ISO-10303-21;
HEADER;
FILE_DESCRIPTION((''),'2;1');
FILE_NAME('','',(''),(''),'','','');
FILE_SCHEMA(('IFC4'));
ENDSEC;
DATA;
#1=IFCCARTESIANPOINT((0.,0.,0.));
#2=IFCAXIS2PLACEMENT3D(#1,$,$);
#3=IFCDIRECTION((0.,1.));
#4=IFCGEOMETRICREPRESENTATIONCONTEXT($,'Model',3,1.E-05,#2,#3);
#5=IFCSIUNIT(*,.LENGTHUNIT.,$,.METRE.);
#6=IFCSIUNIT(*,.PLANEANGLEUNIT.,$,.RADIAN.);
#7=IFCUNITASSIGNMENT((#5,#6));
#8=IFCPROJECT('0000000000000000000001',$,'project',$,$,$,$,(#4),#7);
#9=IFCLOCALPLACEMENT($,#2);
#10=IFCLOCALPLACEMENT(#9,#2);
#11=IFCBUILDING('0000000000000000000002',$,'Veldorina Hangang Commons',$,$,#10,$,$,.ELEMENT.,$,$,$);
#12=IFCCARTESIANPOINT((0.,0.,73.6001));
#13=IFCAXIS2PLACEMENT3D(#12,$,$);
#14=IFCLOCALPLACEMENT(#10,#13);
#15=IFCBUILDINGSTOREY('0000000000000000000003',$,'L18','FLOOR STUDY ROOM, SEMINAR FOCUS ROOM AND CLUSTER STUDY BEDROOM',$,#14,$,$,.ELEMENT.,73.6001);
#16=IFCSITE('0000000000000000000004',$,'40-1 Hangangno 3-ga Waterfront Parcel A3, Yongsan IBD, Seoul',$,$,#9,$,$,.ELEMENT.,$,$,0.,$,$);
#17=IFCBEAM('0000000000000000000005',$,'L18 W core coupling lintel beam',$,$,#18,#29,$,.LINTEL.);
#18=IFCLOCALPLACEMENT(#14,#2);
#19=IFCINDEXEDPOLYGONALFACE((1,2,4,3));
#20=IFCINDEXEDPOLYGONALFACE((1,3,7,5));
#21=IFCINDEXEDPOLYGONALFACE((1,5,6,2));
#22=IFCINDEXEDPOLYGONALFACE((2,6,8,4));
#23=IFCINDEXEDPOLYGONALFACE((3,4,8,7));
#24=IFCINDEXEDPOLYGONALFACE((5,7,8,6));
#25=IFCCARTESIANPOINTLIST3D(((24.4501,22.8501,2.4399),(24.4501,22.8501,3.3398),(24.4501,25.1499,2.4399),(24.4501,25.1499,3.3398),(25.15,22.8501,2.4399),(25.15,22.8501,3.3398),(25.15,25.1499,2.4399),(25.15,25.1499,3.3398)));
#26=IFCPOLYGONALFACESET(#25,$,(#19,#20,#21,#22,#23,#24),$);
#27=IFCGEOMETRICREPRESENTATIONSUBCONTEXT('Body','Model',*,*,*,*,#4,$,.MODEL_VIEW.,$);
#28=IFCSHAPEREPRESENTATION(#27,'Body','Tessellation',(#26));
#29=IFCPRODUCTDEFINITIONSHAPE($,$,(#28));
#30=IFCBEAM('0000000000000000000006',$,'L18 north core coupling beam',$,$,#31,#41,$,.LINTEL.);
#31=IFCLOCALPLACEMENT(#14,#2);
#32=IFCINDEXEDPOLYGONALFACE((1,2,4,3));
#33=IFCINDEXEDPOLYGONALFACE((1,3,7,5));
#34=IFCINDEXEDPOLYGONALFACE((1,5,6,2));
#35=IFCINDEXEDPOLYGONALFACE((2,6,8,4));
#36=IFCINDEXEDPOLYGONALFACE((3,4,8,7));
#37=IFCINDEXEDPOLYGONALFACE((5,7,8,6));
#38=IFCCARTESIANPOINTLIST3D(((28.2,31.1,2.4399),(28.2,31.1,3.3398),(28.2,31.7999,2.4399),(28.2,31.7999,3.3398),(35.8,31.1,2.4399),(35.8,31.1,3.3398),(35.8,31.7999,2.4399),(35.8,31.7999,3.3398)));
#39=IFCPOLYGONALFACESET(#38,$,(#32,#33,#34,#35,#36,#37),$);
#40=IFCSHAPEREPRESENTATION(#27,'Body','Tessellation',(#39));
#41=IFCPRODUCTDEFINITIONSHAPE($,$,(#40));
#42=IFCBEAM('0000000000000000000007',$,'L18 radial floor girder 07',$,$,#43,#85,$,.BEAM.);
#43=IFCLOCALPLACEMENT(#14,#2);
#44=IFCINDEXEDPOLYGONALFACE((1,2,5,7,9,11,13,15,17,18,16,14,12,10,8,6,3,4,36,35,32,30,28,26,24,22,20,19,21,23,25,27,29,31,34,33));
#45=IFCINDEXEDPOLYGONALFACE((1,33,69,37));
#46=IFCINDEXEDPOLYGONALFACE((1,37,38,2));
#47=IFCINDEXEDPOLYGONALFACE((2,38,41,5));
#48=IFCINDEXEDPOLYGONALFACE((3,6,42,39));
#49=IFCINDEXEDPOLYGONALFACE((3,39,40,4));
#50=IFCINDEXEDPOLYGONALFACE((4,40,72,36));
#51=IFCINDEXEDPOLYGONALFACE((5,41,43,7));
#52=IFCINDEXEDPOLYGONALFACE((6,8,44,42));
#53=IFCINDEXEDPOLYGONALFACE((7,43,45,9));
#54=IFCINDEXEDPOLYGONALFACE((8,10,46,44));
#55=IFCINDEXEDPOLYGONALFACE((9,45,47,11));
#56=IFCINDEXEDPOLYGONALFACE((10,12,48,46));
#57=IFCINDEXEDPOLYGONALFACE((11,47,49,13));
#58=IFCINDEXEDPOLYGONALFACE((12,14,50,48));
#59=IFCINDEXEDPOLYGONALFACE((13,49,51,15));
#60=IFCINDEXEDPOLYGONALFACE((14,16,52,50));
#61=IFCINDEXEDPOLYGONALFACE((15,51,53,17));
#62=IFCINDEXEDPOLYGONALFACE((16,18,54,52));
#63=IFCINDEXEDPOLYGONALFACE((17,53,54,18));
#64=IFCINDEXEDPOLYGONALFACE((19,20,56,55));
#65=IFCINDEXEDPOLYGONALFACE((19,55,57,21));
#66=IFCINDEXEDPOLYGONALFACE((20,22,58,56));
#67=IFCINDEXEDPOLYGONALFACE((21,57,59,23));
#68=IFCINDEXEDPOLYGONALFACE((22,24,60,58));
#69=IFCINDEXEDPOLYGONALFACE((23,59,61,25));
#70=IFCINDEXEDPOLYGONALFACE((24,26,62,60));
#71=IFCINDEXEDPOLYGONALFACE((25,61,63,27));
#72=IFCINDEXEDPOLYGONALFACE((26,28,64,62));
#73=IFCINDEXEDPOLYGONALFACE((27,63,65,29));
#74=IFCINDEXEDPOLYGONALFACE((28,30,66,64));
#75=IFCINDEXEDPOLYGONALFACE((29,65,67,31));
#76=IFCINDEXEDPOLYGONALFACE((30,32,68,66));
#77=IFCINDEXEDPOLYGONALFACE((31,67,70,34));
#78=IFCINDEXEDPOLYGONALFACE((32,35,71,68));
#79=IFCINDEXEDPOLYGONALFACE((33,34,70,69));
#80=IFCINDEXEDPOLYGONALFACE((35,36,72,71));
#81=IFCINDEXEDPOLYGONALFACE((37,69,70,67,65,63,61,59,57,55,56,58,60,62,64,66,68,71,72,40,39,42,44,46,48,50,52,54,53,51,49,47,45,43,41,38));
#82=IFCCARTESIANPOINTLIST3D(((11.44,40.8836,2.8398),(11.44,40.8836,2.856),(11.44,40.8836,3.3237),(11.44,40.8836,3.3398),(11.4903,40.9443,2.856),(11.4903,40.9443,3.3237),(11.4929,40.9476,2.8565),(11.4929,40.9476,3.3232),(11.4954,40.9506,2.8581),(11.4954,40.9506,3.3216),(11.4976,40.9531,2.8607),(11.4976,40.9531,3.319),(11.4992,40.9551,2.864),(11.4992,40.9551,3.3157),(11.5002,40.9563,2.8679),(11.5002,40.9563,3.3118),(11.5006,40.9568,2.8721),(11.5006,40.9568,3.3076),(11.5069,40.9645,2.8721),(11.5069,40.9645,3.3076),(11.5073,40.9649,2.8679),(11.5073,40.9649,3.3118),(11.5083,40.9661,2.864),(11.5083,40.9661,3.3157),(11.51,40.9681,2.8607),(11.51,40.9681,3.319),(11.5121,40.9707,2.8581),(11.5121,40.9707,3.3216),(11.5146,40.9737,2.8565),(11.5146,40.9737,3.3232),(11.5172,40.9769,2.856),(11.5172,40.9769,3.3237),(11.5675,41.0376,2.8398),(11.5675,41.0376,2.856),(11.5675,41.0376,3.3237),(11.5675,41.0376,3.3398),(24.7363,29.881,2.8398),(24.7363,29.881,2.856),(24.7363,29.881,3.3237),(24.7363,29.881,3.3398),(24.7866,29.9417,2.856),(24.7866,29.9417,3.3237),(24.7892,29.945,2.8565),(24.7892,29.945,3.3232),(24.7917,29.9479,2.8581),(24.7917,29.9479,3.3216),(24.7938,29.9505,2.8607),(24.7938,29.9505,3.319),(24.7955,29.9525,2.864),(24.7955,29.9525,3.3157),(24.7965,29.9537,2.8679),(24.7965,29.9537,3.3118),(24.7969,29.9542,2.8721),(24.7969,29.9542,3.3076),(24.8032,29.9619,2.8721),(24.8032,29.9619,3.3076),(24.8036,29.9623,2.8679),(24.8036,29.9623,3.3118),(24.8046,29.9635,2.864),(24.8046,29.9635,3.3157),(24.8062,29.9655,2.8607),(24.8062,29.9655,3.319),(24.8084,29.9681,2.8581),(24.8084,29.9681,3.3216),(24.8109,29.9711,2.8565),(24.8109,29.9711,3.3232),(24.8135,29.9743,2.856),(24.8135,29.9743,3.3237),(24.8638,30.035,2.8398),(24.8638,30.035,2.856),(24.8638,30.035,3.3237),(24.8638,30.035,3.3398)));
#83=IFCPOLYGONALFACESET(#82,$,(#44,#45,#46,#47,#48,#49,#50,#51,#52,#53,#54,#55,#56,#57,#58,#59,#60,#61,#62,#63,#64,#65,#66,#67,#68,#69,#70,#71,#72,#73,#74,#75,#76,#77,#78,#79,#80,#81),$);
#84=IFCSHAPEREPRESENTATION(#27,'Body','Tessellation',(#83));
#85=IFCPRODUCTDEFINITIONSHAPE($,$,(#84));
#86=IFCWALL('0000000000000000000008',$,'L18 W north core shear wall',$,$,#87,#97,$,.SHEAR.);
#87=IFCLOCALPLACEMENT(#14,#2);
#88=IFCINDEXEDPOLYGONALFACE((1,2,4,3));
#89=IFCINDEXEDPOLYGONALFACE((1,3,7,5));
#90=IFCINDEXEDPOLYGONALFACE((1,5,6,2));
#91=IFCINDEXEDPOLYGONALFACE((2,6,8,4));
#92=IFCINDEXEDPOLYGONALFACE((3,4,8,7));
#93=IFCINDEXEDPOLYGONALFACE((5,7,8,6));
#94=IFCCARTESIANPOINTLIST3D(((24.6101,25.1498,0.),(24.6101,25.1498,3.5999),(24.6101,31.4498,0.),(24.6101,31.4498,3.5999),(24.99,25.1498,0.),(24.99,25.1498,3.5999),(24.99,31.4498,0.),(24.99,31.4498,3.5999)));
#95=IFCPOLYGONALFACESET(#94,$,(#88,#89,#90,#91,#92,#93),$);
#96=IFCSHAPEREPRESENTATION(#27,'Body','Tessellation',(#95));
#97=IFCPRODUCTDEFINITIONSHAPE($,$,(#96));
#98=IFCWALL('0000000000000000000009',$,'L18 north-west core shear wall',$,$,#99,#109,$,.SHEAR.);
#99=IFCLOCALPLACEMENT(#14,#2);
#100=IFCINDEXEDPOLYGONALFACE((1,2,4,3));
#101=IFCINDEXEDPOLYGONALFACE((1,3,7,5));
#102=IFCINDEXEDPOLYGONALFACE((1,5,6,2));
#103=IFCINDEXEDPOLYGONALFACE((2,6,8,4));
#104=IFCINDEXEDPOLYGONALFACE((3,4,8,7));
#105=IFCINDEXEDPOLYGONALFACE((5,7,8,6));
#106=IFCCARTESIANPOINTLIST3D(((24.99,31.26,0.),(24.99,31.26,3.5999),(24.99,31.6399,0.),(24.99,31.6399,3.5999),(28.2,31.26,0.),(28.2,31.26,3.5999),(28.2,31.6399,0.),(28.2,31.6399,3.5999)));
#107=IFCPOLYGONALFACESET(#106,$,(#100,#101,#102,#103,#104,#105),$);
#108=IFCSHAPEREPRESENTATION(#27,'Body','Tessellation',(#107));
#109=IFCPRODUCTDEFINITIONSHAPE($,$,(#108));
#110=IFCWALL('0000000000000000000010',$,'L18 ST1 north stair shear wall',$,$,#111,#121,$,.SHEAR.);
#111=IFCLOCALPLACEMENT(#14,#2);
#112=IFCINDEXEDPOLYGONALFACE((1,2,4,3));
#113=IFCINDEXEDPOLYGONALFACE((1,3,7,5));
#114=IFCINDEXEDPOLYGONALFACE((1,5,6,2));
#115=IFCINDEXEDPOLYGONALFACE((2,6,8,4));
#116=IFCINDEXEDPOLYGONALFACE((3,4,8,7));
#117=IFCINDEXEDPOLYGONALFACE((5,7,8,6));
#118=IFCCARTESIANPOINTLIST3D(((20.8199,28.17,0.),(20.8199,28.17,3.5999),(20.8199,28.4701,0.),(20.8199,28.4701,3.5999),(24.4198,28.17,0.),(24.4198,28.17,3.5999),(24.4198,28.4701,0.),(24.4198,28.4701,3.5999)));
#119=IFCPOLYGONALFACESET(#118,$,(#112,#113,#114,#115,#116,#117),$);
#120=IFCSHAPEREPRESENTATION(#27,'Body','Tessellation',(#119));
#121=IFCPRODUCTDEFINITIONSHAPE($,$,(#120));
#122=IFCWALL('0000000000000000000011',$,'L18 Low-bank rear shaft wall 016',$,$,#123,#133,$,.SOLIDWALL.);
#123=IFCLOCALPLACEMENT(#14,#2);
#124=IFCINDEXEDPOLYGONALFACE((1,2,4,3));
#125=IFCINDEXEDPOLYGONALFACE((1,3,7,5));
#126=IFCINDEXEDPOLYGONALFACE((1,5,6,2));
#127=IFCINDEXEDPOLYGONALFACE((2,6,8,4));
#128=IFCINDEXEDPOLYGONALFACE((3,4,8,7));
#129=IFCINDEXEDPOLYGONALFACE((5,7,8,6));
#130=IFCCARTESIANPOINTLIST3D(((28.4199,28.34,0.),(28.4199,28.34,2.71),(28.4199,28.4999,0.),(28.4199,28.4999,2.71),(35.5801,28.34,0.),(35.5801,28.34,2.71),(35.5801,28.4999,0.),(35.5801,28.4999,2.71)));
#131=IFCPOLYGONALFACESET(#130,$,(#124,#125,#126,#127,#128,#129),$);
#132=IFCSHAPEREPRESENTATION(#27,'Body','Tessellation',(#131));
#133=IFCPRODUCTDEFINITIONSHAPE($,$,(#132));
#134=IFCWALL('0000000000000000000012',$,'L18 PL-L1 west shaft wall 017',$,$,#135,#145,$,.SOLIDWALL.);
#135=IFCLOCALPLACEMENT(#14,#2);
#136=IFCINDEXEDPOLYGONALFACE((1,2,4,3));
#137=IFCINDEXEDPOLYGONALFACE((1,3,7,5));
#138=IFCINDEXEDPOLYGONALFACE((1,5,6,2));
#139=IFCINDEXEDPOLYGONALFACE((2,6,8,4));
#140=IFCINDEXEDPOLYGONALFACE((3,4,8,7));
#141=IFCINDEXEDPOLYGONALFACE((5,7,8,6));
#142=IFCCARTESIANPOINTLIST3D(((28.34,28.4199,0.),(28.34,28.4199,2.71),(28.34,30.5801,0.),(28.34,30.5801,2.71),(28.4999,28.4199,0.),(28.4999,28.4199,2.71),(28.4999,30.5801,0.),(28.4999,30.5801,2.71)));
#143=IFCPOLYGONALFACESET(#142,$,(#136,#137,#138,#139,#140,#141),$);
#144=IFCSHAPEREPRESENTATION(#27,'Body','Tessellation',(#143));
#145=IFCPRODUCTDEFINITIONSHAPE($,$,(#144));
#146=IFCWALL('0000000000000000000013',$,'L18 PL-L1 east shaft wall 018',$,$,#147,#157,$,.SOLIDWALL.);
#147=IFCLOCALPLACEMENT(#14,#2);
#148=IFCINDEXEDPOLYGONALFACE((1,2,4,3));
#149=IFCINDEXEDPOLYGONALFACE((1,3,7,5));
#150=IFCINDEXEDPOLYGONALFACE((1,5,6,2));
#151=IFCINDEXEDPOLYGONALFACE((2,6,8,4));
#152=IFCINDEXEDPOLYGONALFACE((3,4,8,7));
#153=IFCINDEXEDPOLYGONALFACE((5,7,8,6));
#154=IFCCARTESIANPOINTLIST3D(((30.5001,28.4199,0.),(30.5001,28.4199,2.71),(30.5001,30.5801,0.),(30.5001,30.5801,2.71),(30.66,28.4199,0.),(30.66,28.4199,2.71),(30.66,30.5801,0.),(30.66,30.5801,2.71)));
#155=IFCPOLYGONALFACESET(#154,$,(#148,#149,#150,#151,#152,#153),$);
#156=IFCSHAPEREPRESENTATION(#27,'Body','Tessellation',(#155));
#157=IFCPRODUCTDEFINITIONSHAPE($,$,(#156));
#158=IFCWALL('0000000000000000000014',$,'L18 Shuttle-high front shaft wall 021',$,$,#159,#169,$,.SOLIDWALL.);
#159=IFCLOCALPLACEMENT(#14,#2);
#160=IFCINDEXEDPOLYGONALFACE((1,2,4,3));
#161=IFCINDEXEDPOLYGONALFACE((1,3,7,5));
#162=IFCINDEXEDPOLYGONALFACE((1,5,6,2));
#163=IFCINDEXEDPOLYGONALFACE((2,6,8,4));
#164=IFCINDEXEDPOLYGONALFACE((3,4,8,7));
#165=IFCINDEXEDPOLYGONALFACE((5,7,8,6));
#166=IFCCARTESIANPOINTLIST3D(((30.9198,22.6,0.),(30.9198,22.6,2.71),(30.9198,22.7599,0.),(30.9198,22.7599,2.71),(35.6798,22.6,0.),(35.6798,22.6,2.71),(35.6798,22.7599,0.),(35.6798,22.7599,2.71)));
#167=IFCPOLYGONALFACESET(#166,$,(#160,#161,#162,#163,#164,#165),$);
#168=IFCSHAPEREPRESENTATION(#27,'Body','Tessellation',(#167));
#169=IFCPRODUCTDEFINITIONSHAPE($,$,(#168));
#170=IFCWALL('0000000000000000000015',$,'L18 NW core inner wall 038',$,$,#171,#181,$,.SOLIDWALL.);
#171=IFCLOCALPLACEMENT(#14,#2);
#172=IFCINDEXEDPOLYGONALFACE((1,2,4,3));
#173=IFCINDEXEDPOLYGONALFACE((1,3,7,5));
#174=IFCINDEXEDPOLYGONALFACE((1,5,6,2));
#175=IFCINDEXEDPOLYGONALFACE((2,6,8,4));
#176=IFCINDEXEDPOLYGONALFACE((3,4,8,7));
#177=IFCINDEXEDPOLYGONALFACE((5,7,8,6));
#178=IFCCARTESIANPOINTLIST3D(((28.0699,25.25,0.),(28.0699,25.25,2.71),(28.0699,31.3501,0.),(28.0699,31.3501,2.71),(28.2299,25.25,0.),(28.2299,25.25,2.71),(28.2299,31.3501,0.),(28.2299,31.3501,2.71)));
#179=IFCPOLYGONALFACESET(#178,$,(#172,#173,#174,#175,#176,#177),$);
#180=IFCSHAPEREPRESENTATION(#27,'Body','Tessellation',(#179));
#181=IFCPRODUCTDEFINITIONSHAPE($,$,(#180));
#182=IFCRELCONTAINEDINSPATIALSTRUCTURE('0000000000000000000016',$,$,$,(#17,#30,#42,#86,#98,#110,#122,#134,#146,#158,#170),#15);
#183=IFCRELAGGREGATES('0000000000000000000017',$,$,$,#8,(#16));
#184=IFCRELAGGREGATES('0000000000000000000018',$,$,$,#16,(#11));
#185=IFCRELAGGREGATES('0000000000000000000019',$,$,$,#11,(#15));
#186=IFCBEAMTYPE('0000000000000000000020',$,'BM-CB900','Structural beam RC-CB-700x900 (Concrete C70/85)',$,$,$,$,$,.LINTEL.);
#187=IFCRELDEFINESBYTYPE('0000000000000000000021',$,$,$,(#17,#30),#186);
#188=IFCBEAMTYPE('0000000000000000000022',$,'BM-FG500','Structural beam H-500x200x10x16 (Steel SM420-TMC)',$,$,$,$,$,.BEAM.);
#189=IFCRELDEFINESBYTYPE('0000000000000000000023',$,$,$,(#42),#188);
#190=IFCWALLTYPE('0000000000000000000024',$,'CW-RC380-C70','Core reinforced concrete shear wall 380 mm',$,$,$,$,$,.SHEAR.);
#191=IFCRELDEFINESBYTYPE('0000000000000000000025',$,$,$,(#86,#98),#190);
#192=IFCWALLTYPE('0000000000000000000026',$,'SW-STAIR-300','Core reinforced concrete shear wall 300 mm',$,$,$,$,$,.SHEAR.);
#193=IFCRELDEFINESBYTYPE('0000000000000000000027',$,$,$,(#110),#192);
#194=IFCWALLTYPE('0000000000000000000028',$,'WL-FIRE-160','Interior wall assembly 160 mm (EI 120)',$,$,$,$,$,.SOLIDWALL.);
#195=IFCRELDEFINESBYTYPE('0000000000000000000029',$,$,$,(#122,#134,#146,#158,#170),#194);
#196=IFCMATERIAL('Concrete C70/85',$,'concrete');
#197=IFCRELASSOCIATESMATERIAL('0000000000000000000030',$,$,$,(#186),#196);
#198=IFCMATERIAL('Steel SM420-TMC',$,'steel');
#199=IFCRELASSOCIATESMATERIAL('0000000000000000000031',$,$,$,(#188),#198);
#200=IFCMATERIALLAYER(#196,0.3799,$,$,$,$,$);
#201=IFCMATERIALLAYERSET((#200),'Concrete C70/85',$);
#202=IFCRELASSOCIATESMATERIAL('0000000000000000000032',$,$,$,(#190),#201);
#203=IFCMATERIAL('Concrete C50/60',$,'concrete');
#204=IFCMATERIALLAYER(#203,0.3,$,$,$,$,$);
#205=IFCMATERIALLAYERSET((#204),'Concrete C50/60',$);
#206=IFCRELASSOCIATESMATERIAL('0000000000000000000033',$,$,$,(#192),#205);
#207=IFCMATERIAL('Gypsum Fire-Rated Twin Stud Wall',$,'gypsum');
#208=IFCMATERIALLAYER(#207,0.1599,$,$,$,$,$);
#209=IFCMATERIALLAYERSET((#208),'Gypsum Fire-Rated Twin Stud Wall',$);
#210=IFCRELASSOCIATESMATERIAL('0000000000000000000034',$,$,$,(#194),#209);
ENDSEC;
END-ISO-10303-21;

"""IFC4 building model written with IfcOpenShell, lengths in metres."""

from ifc_helpers import new_model, si_unit, direction, frame, frame_2d, origin, origin_2d, place, context, subcontext, project, spatial, rectangle, i_section, extrude, material, layer, layer_set, material_profile, profile_set, type_object, element, save


model = new_model("IFC4")

# Units and contexts
model_context = context("Model", 3, precision=1e-05, world=origin(), true_north=direction((0.0, 1.0)))
body_context = subcontext(model_context, "Body", "Model", "MODEL_VIEW")
ifc_project = project(units=[si_unit("LENGTHUNIT", "METRE"), si_unit("PLANEANGLEUNIT", "RADIAN")], contexts=[model_context])

# Site, building, storey
site_placement = place(None, origin())
site = spatial("IfcSite", under=ifc_project, at=site_placement, Name="40-1 Hangangno 3-ga Waterfront Parcel A3, Yongsan IBD, Seoul", CompositionType="ELEMENT", RefElevation=0.0)
building_placement = place(site_placement, origin())
building = spatial("IfcBuilding", under=site, at=building_placement, Name="Veldorina Hangang Commons", CompositionType="ELEMENT")
storey_placement = place(building_placement, frame((0.0, 0.0, 73.6001)))
storey = spatial("IfcBuildingStorey", under=building, at=storey_placement, Name="L18", Description="FLOOR STUDY ROOM, SEMINAR FOCUS ROOM AND CLUSTER STUDY BEDROOM", CompositionType="ELEMENT", Elevation=73.6001)

# Beams
ifc_material_1 = material(Name="Concrete C70/85", Category="concrete")
ifc_material_profile_1 = material_profile(ifc_material_1, rectangle(XDim=0.7, YDim=0.8999, at=origin_2d()), Name="RC-CB-700x900")
ifc_profile_set_1 = profile_set([ifc_material_profile_1], Name="Concrete C70/85")
beam_type_1 = type_object("IfcBeamType", Name="BM-CB900", Description="Structural beam RC-CB-700x900 (Concrete C70/85)", PredefinedType="LINTEL", material=ifc_profile_set_1)
beam_1_placement = place(storey_placement, frame((24.8, 22.8501, 2.8899), z_axis=(0.0, 1.0, 0.0), x_axis=(-1.0, 0.0, 0.0)))
element("IfcBeam", 1, at=beam_1_placement, inside=storey, type_object=beam_type_1, Name="L18 W core coupling lintel beam", PredefinedType="LINTEL", context=body_context, shape_type="SweptSolid", body=[
    extrude(rectangle(XDim=0.7, YDim=0.8999, at=origin_2d()), origin(), (0.0, 0.0, 1.0), 2.2998),
])
beam_2_placement = place(storey_placement, frame((28.2, 31.45, 2.8899), z_axis=(1.0, 0.0, 0.0), x_axis=(0.0, 1.0, 0.0)))
element("IfcBeam", 2, at=beam_2_placement, inside=storey, type_object=beam_type_1, Name="L18 north core coupling beam", PredefinedType="LINTEL", context=body_context, shape_type="SweptSolid", body=[
    extrude(rectangle(XDim=0.7, YDim=0.8999, at=origin_2d()), origin(), (0.0, 0.0, 1.0), 7.6001),
])
ifc_material_2 = material(Name="Steel SM420-TMC", Category="steel")
ifc_material_profile_2 = material_profile(ifc_material_2, i_section(OverallWidth=0.2, OverallDepth=0.5, WebThickness=0.01, FlangeThickness=0.0161, FilletRadius=0.0161, at=origin_2d()), Name="H-500x200x10x16")
ifc_profile_set_2 = profile_set([ifc_material_profile_2], Name="Steel SM420-TMC")
beam_type_2 = type_object("IfcBeamType", Name="BM-FG500", Description="Structural beam H-500x200x10x16 (Steel SM420-TMC)", PredefinedType="BEAM", material=ifc_profile_set_2)
beam_3_placement = place(storey_placement, frame((24.8, 29.958, 3.0898), z_axis=(-0.770429, 0.637526, 0.0), x_axis=(-0.637526, -0.770429, 0.0)))
element("IfcBeam", 3, at=beam_3_placement, inside=storey, type_object=beam_type_2, Name="L18 radial floor girder 07", PredefinedType="BEAM", context=body_context, shape_type="SweptSolid", body=[
    extrude(i_section(OverallWidth=0.2, OverallDepth=0.5, WebThickness=0.01, FlangeThickness=0.0161, FilletRadius=0.0161, at=origin_2d()), origin(), (0.0, 0.0, 1.0), 17.2583),
])

# Walls
ifc_layer_1 = layer(ifc_material_1, 0.3799)
ifc_layer_set_1 = layer_set([ifc_layer_1], Name="Concrete C70/85")
wall_type_1 = type_object("IfcWallType", Name="CW-RC380-C70", Description="Core reinforced concrete shear wall 380 mm", PredefinedType="SHEAR", material=ifc_layer_set_1)
wall_1_placement = place(storey_placement, frame((24.8, 25.1499, 0.0), z_axis=(0.0, 0.0, 1.0), x_axis=(0.0, 1.0, 0.0)))
element("IfcWall", 4, at=wall_1_placement, inside=storey, type_object=wall_type_1, Name="L18 W north core shear wall", PredefinedType="SHEAR", context=body_context, shape_type="SweptSolid", body=[
    extrude(rectangle(XDim=6.3, YDim=0.3799, at=frame_2d((3.1499, 0.0))), origin(), (0.0, 0.0, 1.0), 3.5999),
])
wall_2_placement = place(storey_placement, frame((24.99, 31.45, 0.0), z_axis=(0.0, 0.0, 1.0), x_axis=(1.0, 0.0, 0.0)))
element("IfcWall", 5, at=wall_2_placement, inside=storey, type_object=wall_type_1, Name="L18 north-west core shear wall", PredefinedType="SHEAR", context=body_context, shape_type="SweptSolid", body=[
    extrude(rectangle(XDim=3.21, YDim=0.3799, at=frame_2d((1.605, 0.0))), origin(), (0.0, 0.0, 1.0), 3.5999),
])
ifc_material_3 = material(Name="Concrete C50/60", Category="concrete")
ifc_layer_2 = layer(ifc_material_3, 0.3)
ifc_layer_set_2 = layer_set([ifc_layer_2], Name="Concrete C50/60")
wall_type_2 = type_object("IfcWallType", Name="SW-STAIR-300", Description="Core reinforced concrete shear wall 300 mm", PredefinedType="SHEAR", material=ifc_layer_set_2)
wall_3_placement = place(storey_placement, frame((20.8201, 28.3201, 0.0), z_axis=(0.0, 0.0, 1.0), x_axis=(1.0, 0.0, 0.0)))
element("IfcWall", 6, at=wall_3_placement, inside=storey, type_object=wall_type_2, Name="L18 ST1 north stair shear wall", PredefinedType="SHEAR", context=body_context, shape_type="SweptSolid", body=[
    extrude(rectangle(XDim=3.5999, YDim=0.3, at=frame_2d((1.7998, 0.0))), origin(), (0.0, 0.0, 1.0), 3.5999),
])

# Shared definitions
ifc_material_4 = material(Name="Gypsum Fire-Rated Twin Stud Wall", Category="gypsum")
ifc_layer_3 = layer(ifc_material_4, 0.1599)
ifc_layer_set_3 = layer_set([ifc_layer_3], Name="Gypsum Fire-Rated Twin Stud Wall")
wall_type_3 = type_object("IfcWallType", Name="WL-FIRE-160", Description="Interior wall assembly 160 mm (EI 120)", PredefinedType="SOLIDWALL", material=ifc_layer_set_3)

# Walls
wall_4_placement = place(storey_placement, frame((28.4199, 28.4199, 0.0), z_axis=(0.0, 0.0, 1.0), x_axis=(1.0, 0.0, 0.0)))
element("IfcWall", 7, at=wall_4_placement, inside=storey, type_object=wall_type_3, Name="L18 Low-bank rear shaft wall 016", PredefinedType="SOLIDWALL", context=body_context, shape_type="SweptSolid", body=[
    extrude(rectangle(XDim=7.1602, YDim=0.1599, at=frame_2d((3.5801, 0.0))), origin(), (0.0, 0.0, 1.0), 2.71),
])
for number, where, z_axis, x_axis, name in (
    (8, (28.4199, 28.4199, 0.0), (0.0, 0.0, 1.0), (0.0, 1.0, 0.0), "L18 PL-L1 west shaft wall 017"),
    (9, (30.5801, 28.4199, 0.0), (0.0, 0.0, 1.0), (0.0, 1.0, 0.0), "L18 PL-L1 east shaft wall 018"),
):
    element("IfcWall", number, at=place(storey_placement, frame(where, z_axis=z_axis, x_axis=x_axis)), inside=storey, type_object=wall_type_3, Name=name, PredefinedType="SOLIDWALL", context=body_context, shape_type="SweptSolid", body=[
        extrude(rectangle(XDim=2.1602, YDim=0.1599, at=frame_2d((1.0801, 0.0))), origin(), (0.0, 0.0, 1.0), 2.71),
    ])
wall_5_placement = place(storey_placement, frame((30.9199, 22.6799, 0.0), z_axis=(0.0, 0.0, 1.0), x_axis=(1.0, 0.0, 0.0)))
element("IfcWall", 10, at=wall_5_placement, inside=storey, type_object=wall_type_3, Name="L18 Shuttle-high front shaft wall 021", PredefinedType="SOLIDWALL", context=body_context, shape_type="SweptSolid", body=[
    extrude(rectangle(XDim=4.76, YDim=0.1599, at=frame_2d((2.3799, 0.0))), origin(), (0.0, 0.0, 1.0), 2.71),
])
wall_6_placement = place(storey_placement, frame((28.1499, 25.25, 0.0), z_axis=(0.0, 0.0, 1.0), x_axis=(0.0, 1.0, 0.0)))
element("IfcWall", 11, at=wall_6_placement, inside=storey, type_object=wall_type_3, Name="L18 NW core inner wall 038", PredefinedType="SOLIDWALL", context=body_context, shape_type="SweptSolid", body=[
    extrude(rectangle(XDim=6.1001, YDim=0.1599, at=frame_2d((3.05, 0.0))), origin(), (0.0, 0.0, 1.0), 2.71),
])

save(model, "model.ifc")
